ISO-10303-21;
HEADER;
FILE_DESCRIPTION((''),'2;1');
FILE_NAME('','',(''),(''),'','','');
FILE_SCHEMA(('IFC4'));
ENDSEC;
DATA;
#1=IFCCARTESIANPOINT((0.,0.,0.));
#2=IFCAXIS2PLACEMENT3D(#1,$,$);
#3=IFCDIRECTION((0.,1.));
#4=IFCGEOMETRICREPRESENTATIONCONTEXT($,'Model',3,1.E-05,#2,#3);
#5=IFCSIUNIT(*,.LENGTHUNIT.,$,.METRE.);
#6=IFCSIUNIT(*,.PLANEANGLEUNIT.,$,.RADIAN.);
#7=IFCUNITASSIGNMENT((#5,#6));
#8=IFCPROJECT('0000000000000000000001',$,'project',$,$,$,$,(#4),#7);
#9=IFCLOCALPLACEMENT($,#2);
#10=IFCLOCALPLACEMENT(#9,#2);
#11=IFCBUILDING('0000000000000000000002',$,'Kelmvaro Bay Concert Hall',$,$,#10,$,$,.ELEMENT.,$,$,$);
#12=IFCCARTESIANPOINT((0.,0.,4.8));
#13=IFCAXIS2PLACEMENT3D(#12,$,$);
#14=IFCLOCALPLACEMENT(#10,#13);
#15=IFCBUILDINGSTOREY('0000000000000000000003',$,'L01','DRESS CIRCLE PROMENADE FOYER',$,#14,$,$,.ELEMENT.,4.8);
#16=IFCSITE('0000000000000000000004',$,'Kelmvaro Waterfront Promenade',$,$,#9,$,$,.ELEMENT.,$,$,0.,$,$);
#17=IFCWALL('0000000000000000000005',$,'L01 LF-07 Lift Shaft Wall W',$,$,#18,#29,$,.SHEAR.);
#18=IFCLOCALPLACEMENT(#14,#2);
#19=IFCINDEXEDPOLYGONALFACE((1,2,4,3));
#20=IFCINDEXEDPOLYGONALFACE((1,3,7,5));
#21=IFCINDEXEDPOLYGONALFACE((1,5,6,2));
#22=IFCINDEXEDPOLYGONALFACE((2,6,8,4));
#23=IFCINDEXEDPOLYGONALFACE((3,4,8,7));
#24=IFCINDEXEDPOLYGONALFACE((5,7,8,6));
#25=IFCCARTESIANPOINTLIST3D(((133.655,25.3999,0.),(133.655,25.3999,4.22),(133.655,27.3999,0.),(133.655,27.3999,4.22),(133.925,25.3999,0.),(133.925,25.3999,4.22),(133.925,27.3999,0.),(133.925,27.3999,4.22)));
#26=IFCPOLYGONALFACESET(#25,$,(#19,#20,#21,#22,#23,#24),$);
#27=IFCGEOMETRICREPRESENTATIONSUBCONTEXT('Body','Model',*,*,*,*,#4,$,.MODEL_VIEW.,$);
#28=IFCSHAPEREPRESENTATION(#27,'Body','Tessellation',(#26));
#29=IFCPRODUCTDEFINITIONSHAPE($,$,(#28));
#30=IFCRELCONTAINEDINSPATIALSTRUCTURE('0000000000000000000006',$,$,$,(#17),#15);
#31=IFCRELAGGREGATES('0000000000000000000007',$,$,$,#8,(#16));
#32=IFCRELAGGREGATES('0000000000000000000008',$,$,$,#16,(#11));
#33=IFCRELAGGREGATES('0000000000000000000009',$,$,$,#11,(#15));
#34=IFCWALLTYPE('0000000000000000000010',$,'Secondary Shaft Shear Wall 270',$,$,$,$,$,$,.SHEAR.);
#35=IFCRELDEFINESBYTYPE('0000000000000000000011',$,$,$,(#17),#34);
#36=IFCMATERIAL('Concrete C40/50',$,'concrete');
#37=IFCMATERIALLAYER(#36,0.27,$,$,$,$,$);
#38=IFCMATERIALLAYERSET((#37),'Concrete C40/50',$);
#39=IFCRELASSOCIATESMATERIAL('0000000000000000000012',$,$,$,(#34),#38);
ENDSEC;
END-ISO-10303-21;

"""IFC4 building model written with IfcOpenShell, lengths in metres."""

from ifc_helpers import new_model, si_unit, direction, frame, frame_2d, origin, place, context, subcontext, project, spatial, rectangle, extrude, material, layer, layer_set, type_object, element, save


model = new_model("IFC4")

# Units and contexts
model_context = context("Model", 3, precision=1e-05, world=origin(), true_north=direction((0.0, 1.0)))
body_context = subcontext(model_context, "Body", "Model", "MODEL_VIEW")
ifc_project = project(units=[si_unit("LENGTHUNIT", "METRE"), si_unit("PLANEANGLEUNIT", "RADIAN")], contexts=[model_context])

# Site, building, storey
site_placement = place(None, origin())
site = spatial("IfcSite", under=ifc_project, at=site_placement, Name="Kelmvaro Waterfront Promenade", CompositionType="ELEMENT", RefElevation=0.0)
building_placement = place(site_placement, origin())
building = spatial("IfcBuilding", under=site, at=building_placement, Name="Kelmvaro Bay Concert Hall", CompositionType="ELEMENT")
storey_placement = place(building_placement, frame((0.0, 0.0, 4.8)))
storey = spatial("IfcBuildingStorey", under=building, at=storey_placement, Name="L01", Description="DRESS CIRCLE PROMENADE FOYER", CompositionType="ELEMENT", Elevation=4.8)

# Wall
ifc_material_1 = material(Name="Concrete C40/50", Category="concrete")
ifc_layer_1 = layer(ifc_material_1, 0.27)
ifc_layer_set_1 = layer_set([ifc_layer_1], Name="Concrete C40/50")
wall_type_1 = type_object("IfcWallType", Name="Secondary Shaft Shear Wall 270", PredefinedType="SHEAR", material=ifc_layer_set_1)
wall_1_placement = place(storey_placement, frame((133.79, 25.3999, 0.0), z_axis=(0.0, 0.0, 1.0), x_axis=(0.0, 1.0, 0.0)))
element("IfcWall", 1, at=wall_1_placement, inside=storey, type_object=wall_type_1, Name="L01 LF-07 Lift Shaft Wall W", PredefinedType="SHEAR", context=body_context, shape_type="SweptSolid", body=[
    extrude(rectangle(XDim=2.0, YDim=0.27, at=frame_2d((1.0, 0.0))), origin(), (0.0, 0.0, 1.0), 4.22),
])

save(model, "model.ifc")
